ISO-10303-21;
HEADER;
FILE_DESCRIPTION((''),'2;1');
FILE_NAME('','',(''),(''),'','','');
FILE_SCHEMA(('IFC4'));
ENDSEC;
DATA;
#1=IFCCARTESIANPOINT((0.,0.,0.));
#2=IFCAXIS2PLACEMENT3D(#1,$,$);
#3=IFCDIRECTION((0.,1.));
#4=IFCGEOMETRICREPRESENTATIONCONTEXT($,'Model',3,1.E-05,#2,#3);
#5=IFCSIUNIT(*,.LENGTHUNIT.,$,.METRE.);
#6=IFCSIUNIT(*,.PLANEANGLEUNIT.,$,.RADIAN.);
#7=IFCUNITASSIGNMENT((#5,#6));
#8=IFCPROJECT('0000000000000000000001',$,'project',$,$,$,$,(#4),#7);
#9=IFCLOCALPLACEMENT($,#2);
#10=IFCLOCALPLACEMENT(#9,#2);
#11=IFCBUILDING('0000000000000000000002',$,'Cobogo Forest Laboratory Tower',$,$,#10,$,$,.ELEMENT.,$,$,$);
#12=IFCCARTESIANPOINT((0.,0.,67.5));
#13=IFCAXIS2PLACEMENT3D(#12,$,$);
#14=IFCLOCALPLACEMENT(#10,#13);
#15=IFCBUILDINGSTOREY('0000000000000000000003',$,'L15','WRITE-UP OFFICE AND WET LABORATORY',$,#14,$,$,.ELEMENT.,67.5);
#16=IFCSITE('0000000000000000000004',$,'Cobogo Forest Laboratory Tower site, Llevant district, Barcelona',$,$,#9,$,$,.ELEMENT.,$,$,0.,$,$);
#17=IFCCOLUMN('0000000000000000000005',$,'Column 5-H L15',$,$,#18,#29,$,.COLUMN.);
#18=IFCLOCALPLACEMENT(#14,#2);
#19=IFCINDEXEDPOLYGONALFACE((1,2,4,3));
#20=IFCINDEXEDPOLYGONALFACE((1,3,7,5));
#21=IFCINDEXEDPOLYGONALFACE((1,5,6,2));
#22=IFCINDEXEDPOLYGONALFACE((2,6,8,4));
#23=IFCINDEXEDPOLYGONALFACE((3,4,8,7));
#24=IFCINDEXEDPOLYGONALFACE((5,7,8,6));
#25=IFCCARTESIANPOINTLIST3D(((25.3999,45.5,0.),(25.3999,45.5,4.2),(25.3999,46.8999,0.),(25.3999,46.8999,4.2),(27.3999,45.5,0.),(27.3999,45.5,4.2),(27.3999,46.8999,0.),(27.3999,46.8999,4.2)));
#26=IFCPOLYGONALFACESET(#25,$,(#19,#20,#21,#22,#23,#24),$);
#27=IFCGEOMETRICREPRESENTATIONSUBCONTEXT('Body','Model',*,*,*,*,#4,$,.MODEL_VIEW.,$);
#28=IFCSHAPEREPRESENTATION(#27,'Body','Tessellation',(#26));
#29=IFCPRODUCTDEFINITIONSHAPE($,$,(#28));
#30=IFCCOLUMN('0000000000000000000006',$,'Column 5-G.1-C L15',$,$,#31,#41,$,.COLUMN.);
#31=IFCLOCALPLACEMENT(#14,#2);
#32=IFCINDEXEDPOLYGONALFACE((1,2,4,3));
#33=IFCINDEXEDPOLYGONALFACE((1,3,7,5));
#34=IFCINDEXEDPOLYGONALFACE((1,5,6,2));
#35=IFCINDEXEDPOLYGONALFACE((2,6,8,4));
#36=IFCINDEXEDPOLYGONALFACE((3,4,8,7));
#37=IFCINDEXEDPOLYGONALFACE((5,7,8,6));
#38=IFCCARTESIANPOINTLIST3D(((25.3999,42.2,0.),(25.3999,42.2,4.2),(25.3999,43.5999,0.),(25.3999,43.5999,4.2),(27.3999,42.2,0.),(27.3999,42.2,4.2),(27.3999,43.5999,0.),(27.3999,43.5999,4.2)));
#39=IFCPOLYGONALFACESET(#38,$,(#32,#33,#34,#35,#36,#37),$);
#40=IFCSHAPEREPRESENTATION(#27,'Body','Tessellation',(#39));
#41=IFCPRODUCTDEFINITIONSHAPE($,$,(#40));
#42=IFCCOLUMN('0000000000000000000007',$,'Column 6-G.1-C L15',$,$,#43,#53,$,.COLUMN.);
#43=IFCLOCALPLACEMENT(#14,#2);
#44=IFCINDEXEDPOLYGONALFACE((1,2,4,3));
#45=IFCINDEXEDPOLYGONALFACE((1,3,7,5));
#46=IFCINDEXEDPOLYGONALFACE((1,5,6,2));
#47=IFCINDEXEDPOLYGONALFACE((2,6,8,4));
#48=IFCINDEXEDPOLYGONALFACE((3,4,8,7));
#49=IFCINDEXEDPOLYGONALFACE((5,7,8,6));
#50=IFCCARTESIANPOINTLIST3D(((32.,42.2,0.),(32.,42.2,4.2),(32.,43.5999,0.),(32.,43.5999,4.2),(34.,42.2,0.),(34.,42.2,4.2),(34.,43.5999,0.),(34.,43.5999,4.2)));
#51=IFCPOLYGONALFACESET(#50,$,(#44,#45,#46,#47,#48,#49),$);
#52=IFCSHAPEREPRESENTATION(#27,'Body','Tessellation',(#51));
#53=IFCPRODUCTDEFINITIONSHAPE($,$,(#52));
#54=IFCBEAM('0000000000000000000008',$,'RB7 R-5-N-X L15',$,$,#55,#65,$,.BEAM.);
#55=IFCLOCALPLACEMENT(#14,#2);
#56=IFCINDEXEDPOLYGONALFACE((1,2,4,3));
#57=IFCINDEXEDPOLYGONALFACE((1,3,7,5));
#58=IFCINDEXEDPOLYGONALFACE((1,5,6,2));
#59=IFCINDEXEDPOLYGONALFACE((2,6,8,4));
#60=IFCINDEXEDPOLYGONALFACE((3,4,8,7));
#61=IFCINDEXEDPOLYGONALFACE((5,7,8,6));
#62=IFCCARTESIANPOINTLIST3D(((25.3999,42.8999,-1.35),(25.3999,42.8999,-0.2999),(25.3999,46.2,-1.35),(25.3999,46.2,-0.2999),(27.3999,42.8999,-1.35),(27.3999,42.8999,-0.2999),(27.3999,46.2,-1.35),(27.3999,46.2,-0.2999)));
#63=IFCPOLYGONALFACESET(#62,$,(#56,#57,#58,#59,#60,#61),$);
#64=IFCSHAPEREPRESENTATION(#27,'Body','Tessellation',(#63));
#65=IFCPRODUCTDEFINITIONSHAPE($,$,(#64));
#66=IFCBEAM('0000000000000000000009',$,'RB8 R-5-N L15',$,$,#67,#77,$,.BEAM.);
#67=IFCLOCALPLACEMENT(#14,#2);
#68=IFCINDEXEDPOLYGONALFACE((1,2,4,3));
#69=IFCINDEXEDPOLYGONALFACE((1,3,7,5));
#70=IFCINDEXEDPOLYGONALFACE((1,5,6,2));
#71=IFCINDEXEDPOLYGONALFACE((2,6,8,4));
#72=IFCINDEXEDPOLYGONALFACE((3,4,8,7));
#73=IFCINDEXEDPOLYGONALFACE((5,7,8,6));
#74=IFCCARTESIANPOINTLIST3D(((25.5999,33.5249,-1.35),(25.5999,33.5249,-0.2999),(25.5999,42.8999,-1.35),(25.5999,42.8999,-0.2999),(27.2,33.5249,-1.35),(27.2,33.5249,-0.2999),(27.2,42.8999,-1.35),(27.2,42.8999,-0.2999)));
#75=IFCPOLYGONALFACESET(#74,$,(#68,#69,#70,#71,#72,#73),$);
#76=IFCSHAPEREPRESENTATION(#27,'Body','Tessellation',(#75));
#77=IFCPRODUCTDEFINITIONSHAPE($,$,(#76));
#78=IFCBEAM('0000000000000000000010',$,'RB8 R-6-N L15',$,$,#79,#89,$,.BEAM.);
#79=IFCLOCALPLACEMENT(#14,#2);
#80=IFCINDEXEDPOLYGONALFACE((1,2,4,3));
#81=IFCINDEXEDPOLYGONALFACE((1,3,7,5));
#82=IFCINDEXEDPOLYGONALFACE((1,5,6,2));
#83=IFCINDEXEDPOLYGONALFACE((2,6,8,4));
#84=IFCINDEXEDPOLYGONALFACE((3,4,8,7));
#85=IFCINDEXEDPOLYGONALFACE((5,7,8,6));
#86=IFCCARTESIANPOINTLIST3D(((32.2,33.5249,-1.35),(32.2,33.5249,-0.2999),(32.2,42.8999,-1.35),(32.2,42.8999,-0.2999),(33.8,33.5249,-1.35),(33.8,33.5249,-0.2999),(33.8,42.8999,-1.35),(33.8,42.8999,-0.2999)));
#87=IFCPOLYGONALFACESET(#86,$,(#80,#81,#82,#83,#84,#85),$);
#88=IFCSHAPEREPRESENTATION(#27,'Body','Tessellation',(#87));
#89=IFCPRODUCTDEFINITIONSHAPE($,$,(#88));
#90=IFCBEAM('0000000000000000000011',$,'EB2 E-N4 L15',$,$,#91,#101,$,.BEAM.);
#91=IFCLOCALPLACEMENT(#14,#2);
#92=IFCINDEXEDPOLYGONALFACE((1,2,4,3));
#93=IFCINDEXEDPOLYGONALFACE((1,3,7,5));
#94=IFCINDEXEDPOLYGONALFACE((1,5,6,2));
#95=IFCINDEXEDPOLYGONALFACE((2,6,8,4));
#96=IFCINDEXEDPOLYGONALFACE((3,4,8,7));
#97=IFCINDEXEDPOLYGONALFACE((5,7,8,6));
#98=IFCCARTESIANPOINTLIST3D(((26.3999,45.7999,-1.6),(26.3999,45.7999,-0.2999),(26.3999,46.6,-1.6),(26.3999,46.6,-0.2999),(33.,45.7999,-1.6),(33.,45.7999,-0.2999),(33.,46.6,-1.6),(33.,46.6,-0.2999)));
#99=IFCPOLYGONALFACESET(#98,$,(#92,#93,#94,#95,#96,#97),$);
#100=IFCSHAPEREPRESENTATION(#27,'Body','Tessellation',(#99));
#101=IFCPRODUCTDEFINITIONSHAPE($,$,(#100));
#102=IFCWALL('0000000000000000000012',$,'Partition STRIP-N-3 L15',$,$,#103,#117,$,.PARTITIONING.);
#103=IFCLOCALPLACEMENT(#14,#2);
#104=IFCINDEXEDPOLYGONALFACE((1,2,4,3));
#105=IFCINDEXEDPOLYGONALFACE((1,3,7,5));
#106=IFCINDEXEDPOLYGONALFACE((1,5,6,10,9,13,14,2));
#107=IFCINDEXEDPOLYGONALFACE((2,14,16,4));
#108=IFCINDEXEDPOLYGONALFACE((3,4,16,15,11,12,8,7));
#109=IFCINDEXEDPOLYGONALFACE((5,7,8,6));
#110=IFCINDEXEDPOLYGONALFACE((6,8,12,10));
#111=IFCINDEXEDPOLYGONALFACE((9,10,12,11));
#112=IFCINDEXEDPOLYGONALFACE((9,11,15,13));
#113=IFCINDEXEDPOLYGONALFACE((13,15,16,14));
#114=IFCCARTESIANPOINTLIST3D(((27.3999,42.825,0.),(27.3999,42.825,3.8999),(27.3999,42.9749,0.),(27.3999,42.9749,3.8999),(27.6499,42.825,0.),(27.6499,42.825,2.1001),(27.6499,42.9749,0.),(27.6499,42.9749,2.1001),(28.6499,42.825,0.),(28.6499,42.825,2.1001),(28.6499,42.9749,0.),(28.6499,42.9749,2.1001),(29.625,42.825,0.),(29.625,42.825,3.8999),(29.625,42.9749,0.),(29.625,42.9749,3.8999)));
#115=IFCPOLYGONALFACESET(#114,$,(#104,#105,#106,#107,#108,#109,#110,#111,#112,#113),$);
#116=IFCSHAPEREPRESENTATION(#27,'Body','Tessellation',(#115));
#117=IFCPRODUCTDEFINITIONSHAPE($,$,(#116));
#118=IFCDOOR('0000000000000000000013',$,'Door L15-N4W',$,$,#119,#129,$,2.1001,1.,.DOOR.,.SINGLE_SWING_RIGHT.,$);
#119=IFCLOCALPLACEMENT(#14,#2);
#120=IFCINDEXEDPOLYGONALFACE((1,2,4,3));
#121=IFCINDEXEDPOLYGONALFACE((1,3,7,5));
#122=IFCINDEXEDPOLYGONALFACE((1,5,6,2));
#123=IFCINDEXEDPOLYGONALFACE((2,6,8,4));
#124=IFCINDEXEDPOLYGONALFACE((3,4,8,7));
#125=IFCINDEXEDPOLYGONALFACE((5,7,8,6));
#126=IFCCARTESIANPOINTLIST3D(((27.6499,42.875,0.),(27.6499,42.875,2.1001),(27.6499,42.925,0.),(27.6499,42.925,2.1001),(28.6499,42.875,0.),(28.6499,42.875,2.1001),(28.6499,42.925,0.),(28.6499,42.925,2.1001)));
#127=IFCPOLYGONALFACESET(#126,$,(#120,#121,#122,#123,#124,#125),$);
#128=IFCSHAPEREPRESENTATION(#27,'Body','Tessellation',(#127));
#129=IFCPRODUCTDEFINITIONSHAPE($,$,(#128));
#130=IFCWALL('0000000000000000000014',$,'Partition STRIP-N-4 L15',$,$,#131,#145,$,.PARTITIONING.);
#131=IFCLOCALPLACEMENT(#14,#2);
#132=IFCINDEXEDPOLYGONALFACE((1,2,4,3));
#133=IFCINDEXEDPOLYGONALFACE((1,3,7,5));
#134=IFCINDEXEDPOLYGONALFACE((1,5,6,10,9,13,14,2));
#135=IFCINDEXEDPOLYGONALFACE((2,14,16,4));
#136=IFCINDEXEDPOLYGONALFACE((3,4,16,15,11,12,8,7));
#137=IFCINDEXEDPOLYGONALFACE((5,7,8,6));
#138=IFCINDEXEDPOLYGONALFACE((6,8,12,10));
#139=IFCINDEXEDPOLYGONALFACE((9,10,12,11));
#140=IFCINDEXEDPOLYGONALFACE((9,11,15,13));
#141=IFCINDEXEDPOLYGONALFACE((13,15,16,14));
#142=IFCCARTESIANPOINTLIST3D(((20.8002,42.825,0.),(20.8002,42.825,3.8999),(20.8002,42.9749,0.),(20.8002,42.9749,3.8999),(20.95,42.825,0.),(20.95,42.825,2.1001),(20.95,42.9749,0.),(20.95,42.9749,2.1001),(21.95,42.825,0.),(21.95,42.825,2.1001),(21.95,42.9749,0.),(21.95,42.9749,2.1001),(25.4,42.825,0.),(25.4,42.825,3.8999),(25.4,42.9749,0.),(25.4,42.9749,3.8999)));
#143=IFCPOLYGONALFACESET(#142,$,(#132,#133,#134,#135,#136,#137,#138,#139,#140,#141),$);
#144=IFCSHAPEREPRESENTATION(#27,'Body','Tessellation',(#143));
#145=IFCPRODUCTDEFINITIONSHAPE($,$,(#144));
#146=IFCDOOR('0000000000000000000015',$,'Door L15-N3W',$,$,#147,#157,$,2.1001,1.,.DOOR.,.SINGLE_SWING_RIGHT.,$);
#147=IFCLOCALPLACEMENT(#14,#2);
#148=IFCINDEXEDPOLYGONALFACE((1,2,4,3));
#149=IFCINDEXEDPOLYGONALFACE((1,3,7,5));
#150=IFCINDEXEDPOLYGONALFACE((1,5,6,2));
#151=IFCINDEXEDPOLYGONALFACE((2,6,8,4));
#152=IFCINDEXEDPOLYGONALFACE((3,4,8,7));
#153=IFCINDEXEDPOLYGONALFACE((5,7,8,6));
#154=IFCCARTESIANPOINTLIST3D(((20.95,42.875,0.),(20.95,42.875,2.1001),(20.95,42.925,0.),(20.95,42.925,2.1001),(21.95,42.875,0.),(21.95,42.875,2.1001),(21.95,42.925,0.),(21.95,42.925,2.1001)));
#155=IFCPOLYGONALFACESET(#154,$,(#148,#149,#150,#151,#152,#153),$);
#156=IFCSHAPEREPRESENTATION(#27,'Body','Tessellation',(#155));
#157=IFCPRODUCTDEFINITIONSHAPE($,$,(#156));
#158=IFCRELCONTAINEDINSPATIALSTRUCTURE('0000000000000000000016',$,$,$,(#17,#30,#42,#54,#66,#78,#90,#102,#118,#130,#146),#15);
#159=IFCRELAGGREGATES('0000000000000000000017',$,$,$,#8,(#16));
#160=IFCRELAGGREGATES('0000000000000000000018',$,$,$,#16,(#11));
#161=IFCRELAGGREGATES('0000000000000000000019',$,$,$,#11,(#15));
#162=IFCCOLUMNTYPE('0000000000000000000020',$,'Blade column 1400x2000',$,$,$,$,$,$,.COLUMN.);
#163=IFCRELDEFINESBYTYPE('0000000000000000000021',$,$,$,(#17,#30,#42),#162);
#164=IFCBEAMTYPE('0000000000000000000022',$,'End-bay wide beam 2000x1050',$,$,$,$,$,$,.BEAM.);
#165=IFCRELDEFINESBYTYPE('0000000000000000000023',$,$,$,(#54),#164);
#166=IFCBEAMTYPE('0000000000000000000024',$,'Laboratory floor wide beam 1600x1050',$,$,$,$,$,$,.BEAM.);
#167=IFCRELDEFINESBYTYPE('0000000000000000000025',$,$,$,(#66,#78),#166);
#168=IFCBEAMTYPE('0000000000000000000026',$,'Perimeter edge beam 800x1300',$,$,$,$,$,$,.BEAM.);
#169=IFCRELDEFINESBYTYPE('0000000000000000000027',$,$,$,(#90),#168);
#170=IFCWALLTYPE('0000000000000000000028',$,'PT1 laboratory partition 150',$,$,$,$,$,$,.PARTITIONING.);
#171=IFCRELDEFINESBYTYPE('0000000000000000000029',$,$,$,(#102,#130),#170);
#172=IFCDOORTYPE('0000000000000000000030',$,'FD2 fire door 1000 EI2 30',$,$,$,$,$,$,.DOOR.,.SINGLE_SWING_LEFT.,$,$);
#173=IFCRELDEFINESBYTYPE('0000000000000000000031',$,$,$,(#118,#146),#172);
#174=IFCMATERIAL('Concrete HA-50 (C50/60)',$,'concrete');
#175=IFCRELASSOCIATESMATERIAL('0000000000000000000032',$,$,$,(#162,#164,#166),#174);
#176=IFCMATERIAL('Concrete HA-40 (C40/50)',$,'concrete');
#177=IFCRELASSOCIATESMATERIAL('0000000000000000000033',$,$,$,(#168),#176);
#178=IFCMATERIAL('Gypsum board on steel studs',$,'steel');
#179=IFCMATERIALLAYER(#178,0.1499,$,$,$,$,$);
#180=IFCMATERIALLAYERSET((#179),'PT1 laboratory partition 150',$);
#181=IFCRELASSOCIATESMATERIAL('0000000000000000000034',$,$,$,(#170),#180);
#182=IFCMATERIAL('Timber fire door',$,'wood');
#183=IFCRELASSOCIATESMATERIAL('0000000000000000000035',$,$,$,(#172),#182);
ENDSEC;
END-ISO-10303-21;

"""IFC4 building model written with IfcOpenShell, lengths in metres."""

from ifc_helpers import new_model, si_unit, direction, frame, frame_2d, origin, origin_2d, place, context, subcontext, project, spatial, rectangle, extrude, material, layer, layer_set, material_profile, profile_set, type_object, element, fill, save


model = new_model("IFC4")

# Units and contexts
model_context = context("Model", 3, precision=1e-05, world=origin(), true_north=direction((0.0, 1.0)))
body_context = subcontext(model_context, "Body", "Model", "MODEL_VIEW")
ifc_project = project(units=[si_unit("LENGTHUNIT", "METRE"), si_unit("PLANEANGLEUNIT", "RADIAN")], contexts=[model_context])

# Site, building, storey
site_placement = place(None, origin())
site = spatial("IfcSite", under=ifc_project, at=site_placement, Name="Cobogo Forest Laboratory Tower site, Llevant district, Barcelona", CompositionType="ELEMENT", RefElevation=0.0)
building_placement = place(site_placement, origin())
building = spatial("IfcBuilding", under=site, at=building_placement, Name="Cobogo Forest Laboratory Tower", CompositionType="ELEMENT")
storey_placement = place(building_placement, frame((0.0, 0.0, 67.5)))
storey = spatial("IfcBuildingStorey", under=building, at=storey_placement, Name="L15", Description="WRITE-UP OFFICE AND WET LABORATORY", CompositionType="ELEMENT", Elevation=67.5)

# Columns
ifc_material_1 = material(Name="Concrete HA-50 (C50/60)", Category="concrete")
ifc_material_profile_1 = material_profile(ifc_material_1, rectangle(XDim=2.0, YDim=1.3999, at=origin_2d()), Name="RC 1400x2000")
ifc_profile_set_1 = profile_set([ifc_material_profile_1], Name="Concrete HA-50 (C50/60)")
column_type = type_object("IfcColumnType", Name="Blade column 1400x2000", PredefinedType="COLUMN", material=ifc_profile_set_1)
for number, where, z_axis, x_axis, name in (
    (1, (26.3999, 46.2, 0.0), (0.0, 0.0, 1.0), (1.0, 0.0, 0.0), "Column 5-H L15"),
    (2, (26.3999, 42.8999, 0.0), (0.0, 0.0, 1.0), (1.0, 0.0, 0.0), "Column 5-G.1-C L15"),
    (3, (33.0, 42.8999, 0.0), (0.0, 0.0, 1.0), (1.0, 0.0, 0.0), "Column 6-G.1-C L15"),
):
    element("IfcColumn", number, at=place(storey_placement, frame(where, z_axis=z_axis, x_axis=x_axis)), inside=storey, type_object=column_type, Name=name, PredefinedType="COLUMN", context=body_context, shape_type="SweptSolid", body=[
        extrude(rectangle(XDim=2.0, YDim=1.3999, at=origin_2d()), origin(), (0.0, 0.0, 1.0), 4.2),
    ])

# Beams
ifc_material_profile_2 = material_profile(ifc_material_1, rectangle(XDim=2.0, YDim=1.05, at=origin_2d()), Name="RC 2000x1050")
ifc_profile_set_2 = profile_set([ifc_material_profile_2], Name="Concrete HA-50 (C50/60)")
beam_type_1 = type_object("IfcBeamType", Name="End-bay wide beam 2000x1050", PredefinedType="BEAM", material=ifc_profile_set_2)
beam_1_placement = place(storey_placement, frame((26.3999, 46.2, -0.825), z_axis=(0.0, -1.0, 0.0), x_axis=(1.0, 0.0, 0.0)))
element("IfcBeam", 4, at=beam_1_placement, inside=storey, type_object=beam_type_1, Name="RB7 R-5-N-X L15", PredefinedType="BEAM", context=body_context, shape_type="SweptSolid", body=[
    extrude(rectangle(XDim=2.0, YDim=1.05, at=origin_2d()), origin(), (0.0, 0.0, 1.0), 3.3),
])
ifc_material_profile_3 = material_profile(ifc_material_1, rectangle(XDim=1.6001, YDim=1.05, at=origin_2d()), Name="RC 1600x1050")
ifc_profile_set_3 = profile_set([ifc_material_profile_3], Name="Concrete HA-50 (C50/60)")
beam_type_2 = type_object("IfcBeamType", Name="Laboratory floor wide beam 1600x1050", PredefinedType="BEAM", material=ifc_profile_set_3)
for number, where, z_axis, x_axis, name in (
    (5, (26.3999, 33.5249, -0.825), (0.0, 1.0, 0.0), (-1.0, 0.0, 0.0), "RB8 R-5-N L15"),
    (6, (33.0, 33.5249, -0.825), (0.0, 1.0, 0.0), (-1.0, 0.0, 0.0), "RB8 R-6-N L15"),
):
    element("IfcBeam", number, at=place(storey_placement, frame(where, z_axis=z_axis, x_axis=x_axis)), inside=storey, type_object=beam_type_2, Name=name, PredefinedType="BEAM", context=body_context, shape_type="SweptSolid", body=[
        extrude(rectangle(XDim=1.6001, YDim=1.05, at=origin_2d()), origin(), (0.0, 0.0, 1.0), 9.375),
    ])
ifc_material_2 = material(Name="Concrete HA-40 (C40/50)", Category="concrete")
ifc_material_profile_4 = material_profile(ifc_material_2, rectangle(XDim=0.8, YDim=1.3, at=origin_2d()), Name="RC 800x1300")
ifc_profile_set_4 = profile_set([ifc_material_profile_4], Name="Concrete HA-40 (C40/50)")
beam_type_3 = type_object("IfcBeamType", Name="Perimeter edge beam 800x1300", PredefinedType="BEAM", material=ifc_profile_set_4)
beam_2_placement = place(storey_placement, frame((26.3999, 46.2, -0.95), z_axis=(1.0, 0.0, 0.0), x_axis=(0.0, 1.0, 0.0)))
element("IfcBeam", 7, at=beam_2_placement, inside=storey, type_object=beam_type_3, Name="EB2 E-N4 L15", PredefinedType="BEAM", context=body_context, shape_type="SweptSolid", body=[
    extrude(rectangle(XDim=0.8, YDim=1.3, at=origin_2d()), origin(), (0.0, 0.0, 1.0), 6.6001),
])

# Walls, openings, doors
ifc_material_3 = material(Name="Gypsum board on steel studs", Category="steel")
ifc_layer_1 = layer(ifc_material_3, 0.1499)
ifc_layer_set_1 = layer_set([ifc_layer_1], Name="PT1 laboratory partition 150")
wall_type_1 = type_object("IfcWallType", Name="PT1 laboratory partition 150", PredefinedType="PARTITIONING", material=ifc_layer_set_1)
wall_1_placement = place(storey_placement, frame((29.625, 42.8999, 0.0), z_axis=(0.0, 0.0, 1.0), x_axis=(-1.0, 0.0, 0.0)))
wall_1 = element("IfcWall", 8, at=wall_1_placement, inside=storey, type_object=wall_type_1, Name="Partition STRIP-N-3 L15", PredefinedType="PARTITIONING", context=body_context, shape_type="SweptSolid", body=[
    extrude(rectangle(XDim=2.2251, YDim=0.1499, at=frame_2d((1.1125, 0.0))), origin(), (0.0, 0.0, 1.0), 3.8999),
])
opening_1_placement = place(wall_1_placement, frame((0.9751, 0.0, 0.0)))
opening_1 = element("IfcOpeningElement", 9, at=opening_1_placement, cuts=wall_1, PredefinedType="OPENING", context=body_context, shape_type="SweptSolid", body=[
    extrude(rectangle(XDim=1.0, YDim=2.1001, at=frame_2d((0.5, 1.05))), frame((0.0, 0.085, 0.0), z_axis=(0.0, -1.0, 0.0), x_axis=(1.0, 0.0, 0.0)), (0.0, 0.0, 1.0), 0.1699),
])
ifc_material_4 = material(Name="Timber fire door", Category="wood")
door_type_1 = type_object("IfcDoorType", Name="FD2 fire door 1000 EI2 30", OperationType="SINGLE_SWING_LEFT", PredefinedType="DOOR", material=ifc_material_4)
door_1_placement = place(opening_1_placement, origin())
door_1 = element("IfcDoor", 10, at=door_1_placement, inside=storey, type_object=door_type_1, Name="Door L15-N4W", OperationType="SINGLE_SWING_RIGHT", OverallHeight=2.1001, OverallWidth=1.0, PredefinedType="DOOR", context=body_context, shape_type="SweptSolid", body=[
    extrude(rectangle(XDim=1.0, YDim=2.1001, at=frame_2d((0.5, 1.05))), frame((0.0, 0.0249, 0.0), z_axis=(0.0, -1.0, 0.0), x_axis=(1.0, 0.0, 0.0)), (0.0, 0.0, 1.0), 0.05),
])
fill(opening_1, door_1)
wall_2_placement = place(storey_placement, frame((25.3999, 42.8999, 0.0), z_axis=(0.0, 0.0, 1.0), x_axis=(-1.0, 0.0, 0.0)))
wall_2 = element("IfcWall", 11, at=wall_2_placement, inside=storey, type_object=wall_type_1, Name="Partition STRIP-N-4 L15", PredefinedType="PARTITIONING", context=body_context, shape_type="SweptSolid", body=[
    extrude(rectangle(XDim=4.5999, YDim=0.1499, at=frame_2d((2.2998, 0.0))), origin(), (0.0, 0.0, 1.0), 3.8999),
])
opening_2_placement = place(wall_2_placement, frame((3.45, 0.0, 0.0)))
opening_2 = element("IfcOpeningElement", 12, at=opening_2_placement, cuts=wall_2, PredefinedType="OPENING", context=body_context, shape_type="SweptSolid", body=[
    extrude(rectangle(XDim=1.0, YDim=2.1001, at=frame_2d((0.5, 1.05))), frame((0.0, 0.085, 0.0), z_axis=(0.0, -1.0, 0.0), x_axis=(1.0, 0.0, 0.0)), (0.0, 0.0, 1.0), 0.1699),
])
door_2_placement = place(opening_2_placement, origin())
door_2 = element("IfcDoor", 13, at=door_2_placement, inside=storey, type_object=door_type_1, Name="Door L15-N3W", OperationType="SINGLE_SWING_RIGHT", OverallHeight=2.1001, OverallWidth=1.0, PredefinedType="DOOR", context=body_context, shape_type="SweptSolid", body=[
    extrude(rectangle(XDim=1.0, YDim=2.1001, at=frame_2d((0.5, 1.05))), frame((0.0, 0.0249, 0.0), z_axis=(0.0, -1.0, 0.0), x_axis=(1.0, 0.0, 0.0)), (0.0, 0.0, 1.0), 0.05),
])
fill(opening_2, door_2)

save(model, "model.ifc")
